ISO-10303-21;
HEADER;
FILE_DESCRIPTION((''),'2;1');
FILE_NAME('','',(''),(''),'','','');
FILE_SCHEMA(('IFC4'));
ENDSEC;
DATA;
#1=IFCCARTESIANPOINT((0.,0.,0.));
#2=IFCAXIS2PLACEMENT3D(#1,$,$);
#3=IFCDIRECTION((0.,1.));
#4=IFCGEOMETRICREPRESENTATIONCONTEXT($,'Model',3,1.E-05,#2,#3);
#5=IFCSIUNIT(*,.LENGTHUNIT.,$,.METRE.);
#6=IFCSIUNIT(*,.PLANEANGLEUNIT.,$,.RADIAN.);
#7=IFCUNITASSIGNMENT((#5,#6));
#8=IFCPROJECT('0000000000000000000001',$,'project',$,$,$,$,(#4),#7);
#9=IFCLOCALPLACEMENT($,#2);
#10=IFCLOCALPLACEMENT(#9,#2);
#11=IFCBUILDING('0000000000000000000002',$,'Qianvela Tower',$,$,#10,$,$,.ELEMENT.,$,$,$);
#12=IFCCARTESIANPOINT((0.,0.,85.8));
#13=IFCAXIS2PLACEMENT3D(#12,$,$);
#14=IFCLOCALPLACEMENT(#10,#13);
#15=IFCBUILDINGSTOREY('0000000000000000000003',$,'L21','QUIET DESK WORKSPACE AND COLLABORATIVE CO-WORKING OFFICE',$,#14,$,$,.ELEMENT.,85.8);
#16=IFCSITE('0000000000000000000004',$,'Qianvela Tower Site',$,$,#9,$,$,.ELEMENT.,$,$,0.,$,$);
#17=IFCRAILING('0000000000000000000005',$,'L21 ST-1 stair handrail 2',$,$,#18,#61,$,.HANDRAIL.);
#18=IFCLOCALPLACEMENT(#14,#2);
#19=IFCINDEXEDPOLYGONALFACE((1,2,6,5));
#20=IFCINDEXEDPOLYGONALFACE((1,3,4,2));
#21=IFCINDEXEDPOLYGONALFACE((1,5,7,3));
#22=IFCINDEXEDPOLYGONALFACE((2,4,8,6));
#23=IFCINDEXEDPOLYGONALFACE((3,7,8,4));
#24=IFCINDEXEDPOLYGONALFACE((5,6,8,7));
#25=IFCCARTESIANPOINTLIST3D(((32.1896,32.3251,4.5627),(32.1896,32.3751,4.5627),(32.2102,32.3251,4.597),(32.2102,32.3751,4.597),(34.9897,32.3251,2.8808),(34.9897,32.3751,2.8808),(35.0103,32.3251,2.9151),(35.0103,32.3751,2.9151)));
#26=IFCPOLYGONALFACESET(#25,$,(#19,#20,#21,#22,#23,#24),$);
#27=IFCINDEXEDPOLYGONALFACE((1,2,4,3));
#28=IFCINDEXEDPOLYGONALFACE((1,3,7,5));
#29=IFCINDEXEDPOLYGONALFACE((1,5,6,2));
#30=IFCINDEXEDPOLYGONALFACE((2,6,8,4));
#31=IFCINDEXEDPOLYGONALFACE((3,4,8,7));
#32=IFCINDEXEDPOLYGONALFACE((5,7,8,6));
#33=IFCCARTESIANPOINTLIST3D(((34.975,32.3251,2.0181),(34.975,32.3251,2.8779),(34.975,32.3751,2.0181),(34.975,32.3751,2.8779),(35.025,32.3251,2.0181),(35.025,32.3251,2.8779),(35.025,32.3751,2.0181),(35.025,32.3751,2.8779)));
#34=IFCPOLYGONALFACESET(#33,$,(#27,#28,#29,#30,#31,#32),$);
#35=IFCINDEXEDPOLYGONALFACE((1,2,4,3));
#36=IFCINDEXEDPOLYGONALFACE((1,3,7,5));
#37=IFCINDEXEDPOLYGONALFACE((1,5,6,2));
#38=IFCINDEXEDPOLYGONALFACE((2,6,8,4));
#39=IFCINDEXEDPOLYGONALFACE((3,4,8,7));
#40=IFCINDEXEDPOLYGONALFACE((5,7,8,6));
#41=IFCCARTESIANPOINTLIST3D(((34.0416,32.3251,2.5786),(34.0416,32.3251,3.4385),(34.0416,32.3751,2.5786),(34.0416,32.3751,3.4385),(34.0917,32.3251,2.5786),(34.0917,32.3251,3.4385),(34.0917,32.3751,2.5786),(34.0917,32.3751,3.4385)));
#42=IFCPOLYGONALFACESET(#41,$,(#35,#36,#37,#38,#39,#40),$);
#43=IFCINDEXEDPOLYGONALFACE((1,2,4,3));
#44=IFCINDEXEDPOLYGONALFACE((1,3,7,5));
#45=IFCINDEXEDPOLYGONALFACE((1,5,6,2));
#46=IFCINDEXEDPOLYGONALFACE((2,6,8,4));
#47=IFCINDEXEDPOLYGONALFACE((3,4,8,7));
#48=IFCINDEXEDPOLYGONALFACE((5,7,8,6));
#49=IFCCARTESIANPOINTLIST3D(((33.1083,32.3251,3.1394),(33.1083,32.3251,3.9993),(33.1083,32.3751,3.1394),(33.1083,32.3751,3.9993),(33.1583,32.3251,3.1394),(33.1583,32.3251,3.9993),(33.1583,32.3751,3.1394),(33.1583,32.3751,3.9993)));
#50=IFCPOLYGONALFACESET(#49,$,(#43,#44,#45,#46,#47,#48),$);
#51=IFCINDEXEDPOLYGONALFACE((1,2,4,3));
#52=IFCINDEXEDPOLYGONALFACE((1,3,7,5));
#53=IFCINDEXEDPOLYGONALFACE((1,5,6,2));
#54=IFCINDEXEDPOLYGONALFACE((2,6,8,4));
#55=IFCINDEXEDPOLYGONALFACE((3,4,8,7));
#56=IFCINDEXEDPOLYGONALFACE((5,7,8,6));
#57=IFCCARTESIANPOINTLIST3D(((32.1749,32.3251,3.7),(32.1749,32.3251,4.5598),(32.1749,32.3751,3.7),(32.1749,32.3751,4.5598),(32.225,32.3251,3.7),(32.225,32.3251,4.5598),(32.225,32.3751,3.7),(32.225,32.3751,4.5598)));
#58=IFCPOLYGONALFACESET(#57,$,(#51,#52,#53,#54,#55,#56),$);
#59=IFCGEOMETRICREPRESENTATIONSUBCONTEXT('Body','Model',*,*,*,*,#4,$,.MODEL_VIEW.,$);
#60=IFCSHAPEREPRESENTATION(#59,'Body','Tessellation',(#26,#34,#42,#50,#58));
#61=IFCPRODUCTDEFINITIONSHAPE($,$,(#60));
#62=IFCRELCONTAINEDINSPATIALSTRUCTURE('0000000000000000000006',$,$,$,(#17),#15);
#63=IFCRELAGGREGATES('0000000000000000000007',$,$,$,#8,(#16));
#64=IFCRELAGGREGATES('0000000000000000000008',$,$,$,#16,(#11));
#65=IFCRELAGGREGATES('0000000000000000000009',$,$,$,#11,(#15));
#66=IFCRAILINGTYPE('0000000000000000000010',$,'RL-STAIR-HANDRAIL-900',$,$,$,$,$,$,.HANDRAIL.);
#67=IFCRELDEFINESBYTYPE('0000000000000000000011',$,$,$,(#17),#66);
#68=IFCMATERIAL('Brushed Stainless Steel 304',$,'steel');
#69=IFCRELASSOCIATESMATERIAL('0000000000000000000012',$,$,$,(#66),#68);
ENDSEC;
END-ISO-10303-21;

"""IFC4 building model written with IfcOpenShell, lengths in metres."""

from ifc_helpers import new_model, si_unit, direction, frame, origin, origin_2d, place, context, subcontext, project, spatial, rectangle, extrude, material, type_object, element, save


model = new_model("IFC4")

# Units and contexts
model_context = context("Model", 3, precision=1e-05, world=origin(), true_north=direction((0.0, 1.0)))
body_context = subcontext(model_context, "Body", "Model", "MODEL_VIEW")
ifc_project = project(units=[si_unit("LENGTHUNIT", "METRE"), si_unit("PLANEANGLEUNIT", "RADIAN")], contexts=[model_context])

# Site, building, storey
site_placement = place(None, origin())
site = spatial("IfcSite", under=ifc_project, at=site_placement, Name="Qianvela Tower Site", CompositionType="ELEMENT", RefElevation=0.0)
building_placement = place(site_placement, origin())
building = spatial("IfcBuilding", under=site, at=building_placement, Name="Qianvela Tower", CompositionType="ELEMENT")
storey_placement = place(building_placement, frame((0.0, 0.0, 85.8)))
storey = spatial("IfcBuildingStorey", under=building, at=storey_placement, Name="L21", Description="QUIET DESK WORKSPACE AND COLLABORATIVE CO-WORKING OFFICE", CompositionType="ELEMENT", Elevation=85.8)

# Railing
ifc_material_1 = material(Name="Brushed Stainless Steel 304", Category="steel")
railing_type_1 = type_object("IfcRailingType", Name="RL-STAIR-HANDRAIL-900", PredefinedType="HANDRAIL", material=ifc_material_1)
railing_1_placement = place(storey_placement, frame((35.0, 32.3501, 2.0181)))
element("IfcRailing", 1, at=railing_1_placement, inside=storey, type_object=railing_type_1, Name="L21 ST-1 stair handrail 2", PredefinedType="HANDRAIL", context=body_context, shape_type="SweptSolid", body=[
    extrude(rectangle(XDim=0.05, YDim=0.04, at=origin_2d()), frame((0.0, 0.0, 0.8799), z_axis=(-0.857242, 0.0, 0.514913), x_axis=(0.0, -1.0, 0.0)), (0.0, 0.0, 1.0), 3.2664),
    extrude(rectangle(XDim=0.05, YDim=0.05, at=origin_2d()), origin(), (0.0, 0.0, 1.0), 0.8599),
    extrude(rectangle(XDim=0.05, YDim=0.05, at=origin_2d()), frame((-0.9333, 0.0, 0.5605)), (0.0, 0.0, 1.0), 0.8599),
    extrude(rectangle(XDim=0.05, YDim=0.05, at=origin_2d()), frame((-1.8667, 0.0, 1.1213)), (0.0, 0.0, 1.0), 0.8599),
    extrude(rectangle(XDim=0.05, YDim=0.05, at=origin_2d()), frame((-2.8, 0.0, 1.6819)), (0.0, 0.0, 1.0), 0.8599),
])

save(model, "model.ifc")
